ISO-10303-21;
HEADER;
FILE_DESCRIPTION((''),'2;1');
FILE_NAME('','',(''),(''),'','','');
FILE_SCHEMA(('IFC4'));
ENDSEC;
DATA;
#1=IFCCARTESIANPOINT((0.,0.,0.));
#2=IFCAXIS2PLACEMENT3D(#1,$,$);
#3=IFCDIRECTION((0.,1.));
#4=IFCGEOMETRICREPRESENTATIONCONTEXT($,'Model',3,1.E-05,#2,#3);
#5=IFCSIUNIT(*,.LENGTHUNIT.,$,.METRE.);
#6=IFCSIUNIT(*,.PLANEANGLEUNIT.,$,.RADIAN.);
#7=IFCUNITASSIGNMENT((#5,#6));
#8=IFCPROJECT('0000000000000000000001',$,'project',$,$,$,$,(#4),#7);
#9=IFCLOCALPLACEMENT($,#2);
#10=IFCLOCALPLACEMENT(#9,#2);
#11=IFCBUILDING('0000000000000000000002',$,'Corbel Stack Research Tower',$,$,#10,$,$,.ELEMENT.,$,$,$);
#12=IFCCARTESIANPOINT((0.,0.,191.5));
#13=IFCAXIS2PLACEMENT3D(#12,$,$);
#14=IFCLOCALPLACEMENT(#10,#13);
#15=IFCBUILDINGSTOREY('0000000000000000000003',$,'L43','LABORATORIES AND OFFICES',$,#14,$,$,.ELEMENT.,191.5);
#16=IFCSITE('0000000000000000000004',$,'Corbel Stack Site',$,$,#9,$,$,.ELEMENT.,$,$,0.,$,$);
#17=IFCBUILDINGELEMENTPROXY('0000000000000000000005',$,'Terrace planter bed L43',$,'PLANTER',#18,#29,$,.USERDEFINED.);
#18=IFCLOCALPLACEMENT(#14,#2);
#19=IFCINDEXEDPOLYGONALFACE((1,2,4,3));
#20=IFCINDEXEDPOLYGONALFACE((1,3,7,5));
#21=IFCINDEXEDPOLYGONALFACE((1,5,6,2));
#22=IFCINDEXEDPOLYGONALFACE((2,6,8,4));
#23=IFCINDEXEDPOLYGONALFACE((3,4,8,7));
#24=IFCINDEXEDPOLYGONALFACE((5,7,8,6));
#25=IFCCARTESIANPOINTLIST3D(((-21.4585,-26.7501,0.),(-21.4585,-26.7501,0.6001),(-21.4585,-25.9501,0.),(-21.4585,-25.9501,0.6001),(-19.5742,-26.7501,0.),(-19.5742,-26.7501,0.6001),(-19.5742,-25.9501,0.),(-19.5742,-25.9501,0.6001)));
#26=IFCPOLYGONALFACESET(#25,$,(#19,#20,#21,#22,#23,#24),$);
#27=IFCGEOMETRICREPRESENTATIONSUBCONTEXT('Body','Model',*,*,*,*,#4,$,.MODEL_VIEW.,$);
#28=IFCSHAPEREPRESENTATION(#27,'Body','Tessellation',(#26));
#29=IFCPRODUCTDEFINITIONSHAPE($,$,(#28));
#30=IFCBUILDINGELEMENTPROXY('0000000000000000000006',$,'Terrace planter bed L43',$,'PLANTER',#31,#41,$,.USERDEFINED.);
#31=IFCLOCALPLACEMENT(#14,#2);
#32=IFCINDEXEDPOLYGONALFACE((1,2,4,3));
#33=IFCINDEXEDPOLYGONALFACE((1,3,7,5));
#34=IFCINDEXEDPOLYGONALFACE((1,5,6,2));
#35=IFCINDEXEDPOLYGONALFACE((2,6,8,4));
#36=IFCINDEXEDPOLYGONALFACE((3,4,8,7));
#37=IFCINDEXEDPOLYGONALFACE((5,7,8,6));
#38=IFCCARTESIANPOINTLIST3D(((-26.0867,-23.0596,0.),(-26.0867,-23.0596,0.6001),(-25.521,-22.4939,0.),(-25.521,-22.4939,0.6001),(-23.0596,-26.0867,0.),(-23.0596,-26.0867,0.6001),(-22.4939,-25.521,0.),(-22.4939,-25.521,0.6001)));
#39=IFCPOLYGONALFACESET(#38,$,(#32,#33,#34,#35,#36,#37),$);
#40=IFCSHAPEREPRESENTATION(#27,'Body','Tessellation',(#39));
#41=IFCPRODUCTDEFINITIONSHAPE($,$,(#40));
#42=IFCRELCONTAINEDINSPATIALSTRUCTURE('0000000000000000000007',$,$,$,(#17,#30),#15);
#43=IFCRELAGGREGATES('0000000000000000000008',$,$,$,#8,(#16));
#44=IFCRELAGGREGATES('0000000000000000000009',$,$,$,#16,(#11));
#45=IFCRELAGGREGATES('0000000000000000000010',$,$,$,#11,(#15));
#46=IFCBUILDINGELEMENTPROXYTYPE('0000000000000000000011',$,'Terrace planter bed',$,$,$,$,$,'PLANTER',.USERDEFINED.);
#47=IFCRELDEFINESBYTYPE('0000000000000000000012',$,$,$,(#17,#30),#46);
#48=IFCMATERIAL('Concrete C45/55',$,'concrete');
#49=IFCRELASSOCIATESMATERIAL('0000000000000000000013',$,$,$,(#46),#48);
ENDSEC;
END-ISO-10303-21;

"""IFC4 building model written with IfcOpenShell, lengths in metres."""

from ifc_helpers import new_model, si_unit, direction, frame, origin, origin_2d, place, context, subcontext, project, spatial, rectangle, extrude, material, type_object, element, save


model = new_model("IFC4")

# Units and contexts
model_context = context("Model", 3, precision=1e-05, world=origin(), true_north=direction((0.0, 1.0)))
body_context = subcontext(model_context, "Body", "Model", "MODEL_VIEW")
ifc_project = project(units=[si_unit("LENGTHUNIT", "METRE"), si_unit("PLANEANGLEUNIT", "RADIAN")], contexts=[model_context])

# Site, building, storey
site_placement = place(None, origin())
site = spatial("IfcSite", under=ifc_project, at=site_placement, Name="Corbel Stack Site", CompositionType="ELEMENT", RefElevation=0.0)
building_placement = place(site_placement, origin())
building = spatial("IfcBuilding", under=site, at=building_placement, Name="Corbel Stack Research Tower", CompositionType="ELEMENT")
storey_placement = place(building_placement, frame((0.0, 0.0, 191.5)))
storey = spatial("IfcBuildingStorey", under=building, at=storey_placement, Name="L43", Description="LABORATORIES AND OFFICES", CompositionType="ELEMENT", Elevation=191.5)

# Building element proxies
ifc_material_1 = material(Name="Concrete C45/55", Category="concrete")
building_element_proxy_type = type_object("IfcBuildingElementProxyType", Name="Terrace planter bed", ElementType="PLANTER", PredefinedType="USERDEFINED", material=ifc_material_1)
proxy_1_placement = place(storey_placement, frame((-20.5164, -26.3501, 0.0), z_axis=(0.0, 0.0, 1.0), x_axis=(-1.0, 0.0, 0.0)))
element("IfcBuildingElementProxy", 1, at=proxy_1_placement, inside=storey, type_object=building_element_proxy_type, Name="Terrace planter bed L43", ObjectType="PLANTER", PredefinedType="USERDEFINED", context=body_context, shape_type="SweptSolid", body=[
    extrude(rectangle(XDim=1.8843, YDim=0.8, at=origin_2d()), origin(), (0.0, 0.0, 1.0), 0.6001),
])
proxy_2_placement = place(storey_placement, frame((-24.2903, -24.2903, 0.0), z_axis=(0.0, 0.0, 1.0), x_axis=(-0.707107, 0.707107, 0.0)))
element("IfcBuildingElementProxy", 2, at=proxy_2_placement, inside=storey, type_object=building_element_proxy_type, Name="Terrace planter bed L43", ObjectType="PLANTER", PredefinedType="USERDEFINED", context=body_context, shape_type="SweptSolid", body=[
    extrude(rectangle(XDim=4.281, YDim=0.8, at=origin_2d()), origin(), (0.0, 0.0, 1.0), 0.6001),
])

save(model, "model.ifc")
